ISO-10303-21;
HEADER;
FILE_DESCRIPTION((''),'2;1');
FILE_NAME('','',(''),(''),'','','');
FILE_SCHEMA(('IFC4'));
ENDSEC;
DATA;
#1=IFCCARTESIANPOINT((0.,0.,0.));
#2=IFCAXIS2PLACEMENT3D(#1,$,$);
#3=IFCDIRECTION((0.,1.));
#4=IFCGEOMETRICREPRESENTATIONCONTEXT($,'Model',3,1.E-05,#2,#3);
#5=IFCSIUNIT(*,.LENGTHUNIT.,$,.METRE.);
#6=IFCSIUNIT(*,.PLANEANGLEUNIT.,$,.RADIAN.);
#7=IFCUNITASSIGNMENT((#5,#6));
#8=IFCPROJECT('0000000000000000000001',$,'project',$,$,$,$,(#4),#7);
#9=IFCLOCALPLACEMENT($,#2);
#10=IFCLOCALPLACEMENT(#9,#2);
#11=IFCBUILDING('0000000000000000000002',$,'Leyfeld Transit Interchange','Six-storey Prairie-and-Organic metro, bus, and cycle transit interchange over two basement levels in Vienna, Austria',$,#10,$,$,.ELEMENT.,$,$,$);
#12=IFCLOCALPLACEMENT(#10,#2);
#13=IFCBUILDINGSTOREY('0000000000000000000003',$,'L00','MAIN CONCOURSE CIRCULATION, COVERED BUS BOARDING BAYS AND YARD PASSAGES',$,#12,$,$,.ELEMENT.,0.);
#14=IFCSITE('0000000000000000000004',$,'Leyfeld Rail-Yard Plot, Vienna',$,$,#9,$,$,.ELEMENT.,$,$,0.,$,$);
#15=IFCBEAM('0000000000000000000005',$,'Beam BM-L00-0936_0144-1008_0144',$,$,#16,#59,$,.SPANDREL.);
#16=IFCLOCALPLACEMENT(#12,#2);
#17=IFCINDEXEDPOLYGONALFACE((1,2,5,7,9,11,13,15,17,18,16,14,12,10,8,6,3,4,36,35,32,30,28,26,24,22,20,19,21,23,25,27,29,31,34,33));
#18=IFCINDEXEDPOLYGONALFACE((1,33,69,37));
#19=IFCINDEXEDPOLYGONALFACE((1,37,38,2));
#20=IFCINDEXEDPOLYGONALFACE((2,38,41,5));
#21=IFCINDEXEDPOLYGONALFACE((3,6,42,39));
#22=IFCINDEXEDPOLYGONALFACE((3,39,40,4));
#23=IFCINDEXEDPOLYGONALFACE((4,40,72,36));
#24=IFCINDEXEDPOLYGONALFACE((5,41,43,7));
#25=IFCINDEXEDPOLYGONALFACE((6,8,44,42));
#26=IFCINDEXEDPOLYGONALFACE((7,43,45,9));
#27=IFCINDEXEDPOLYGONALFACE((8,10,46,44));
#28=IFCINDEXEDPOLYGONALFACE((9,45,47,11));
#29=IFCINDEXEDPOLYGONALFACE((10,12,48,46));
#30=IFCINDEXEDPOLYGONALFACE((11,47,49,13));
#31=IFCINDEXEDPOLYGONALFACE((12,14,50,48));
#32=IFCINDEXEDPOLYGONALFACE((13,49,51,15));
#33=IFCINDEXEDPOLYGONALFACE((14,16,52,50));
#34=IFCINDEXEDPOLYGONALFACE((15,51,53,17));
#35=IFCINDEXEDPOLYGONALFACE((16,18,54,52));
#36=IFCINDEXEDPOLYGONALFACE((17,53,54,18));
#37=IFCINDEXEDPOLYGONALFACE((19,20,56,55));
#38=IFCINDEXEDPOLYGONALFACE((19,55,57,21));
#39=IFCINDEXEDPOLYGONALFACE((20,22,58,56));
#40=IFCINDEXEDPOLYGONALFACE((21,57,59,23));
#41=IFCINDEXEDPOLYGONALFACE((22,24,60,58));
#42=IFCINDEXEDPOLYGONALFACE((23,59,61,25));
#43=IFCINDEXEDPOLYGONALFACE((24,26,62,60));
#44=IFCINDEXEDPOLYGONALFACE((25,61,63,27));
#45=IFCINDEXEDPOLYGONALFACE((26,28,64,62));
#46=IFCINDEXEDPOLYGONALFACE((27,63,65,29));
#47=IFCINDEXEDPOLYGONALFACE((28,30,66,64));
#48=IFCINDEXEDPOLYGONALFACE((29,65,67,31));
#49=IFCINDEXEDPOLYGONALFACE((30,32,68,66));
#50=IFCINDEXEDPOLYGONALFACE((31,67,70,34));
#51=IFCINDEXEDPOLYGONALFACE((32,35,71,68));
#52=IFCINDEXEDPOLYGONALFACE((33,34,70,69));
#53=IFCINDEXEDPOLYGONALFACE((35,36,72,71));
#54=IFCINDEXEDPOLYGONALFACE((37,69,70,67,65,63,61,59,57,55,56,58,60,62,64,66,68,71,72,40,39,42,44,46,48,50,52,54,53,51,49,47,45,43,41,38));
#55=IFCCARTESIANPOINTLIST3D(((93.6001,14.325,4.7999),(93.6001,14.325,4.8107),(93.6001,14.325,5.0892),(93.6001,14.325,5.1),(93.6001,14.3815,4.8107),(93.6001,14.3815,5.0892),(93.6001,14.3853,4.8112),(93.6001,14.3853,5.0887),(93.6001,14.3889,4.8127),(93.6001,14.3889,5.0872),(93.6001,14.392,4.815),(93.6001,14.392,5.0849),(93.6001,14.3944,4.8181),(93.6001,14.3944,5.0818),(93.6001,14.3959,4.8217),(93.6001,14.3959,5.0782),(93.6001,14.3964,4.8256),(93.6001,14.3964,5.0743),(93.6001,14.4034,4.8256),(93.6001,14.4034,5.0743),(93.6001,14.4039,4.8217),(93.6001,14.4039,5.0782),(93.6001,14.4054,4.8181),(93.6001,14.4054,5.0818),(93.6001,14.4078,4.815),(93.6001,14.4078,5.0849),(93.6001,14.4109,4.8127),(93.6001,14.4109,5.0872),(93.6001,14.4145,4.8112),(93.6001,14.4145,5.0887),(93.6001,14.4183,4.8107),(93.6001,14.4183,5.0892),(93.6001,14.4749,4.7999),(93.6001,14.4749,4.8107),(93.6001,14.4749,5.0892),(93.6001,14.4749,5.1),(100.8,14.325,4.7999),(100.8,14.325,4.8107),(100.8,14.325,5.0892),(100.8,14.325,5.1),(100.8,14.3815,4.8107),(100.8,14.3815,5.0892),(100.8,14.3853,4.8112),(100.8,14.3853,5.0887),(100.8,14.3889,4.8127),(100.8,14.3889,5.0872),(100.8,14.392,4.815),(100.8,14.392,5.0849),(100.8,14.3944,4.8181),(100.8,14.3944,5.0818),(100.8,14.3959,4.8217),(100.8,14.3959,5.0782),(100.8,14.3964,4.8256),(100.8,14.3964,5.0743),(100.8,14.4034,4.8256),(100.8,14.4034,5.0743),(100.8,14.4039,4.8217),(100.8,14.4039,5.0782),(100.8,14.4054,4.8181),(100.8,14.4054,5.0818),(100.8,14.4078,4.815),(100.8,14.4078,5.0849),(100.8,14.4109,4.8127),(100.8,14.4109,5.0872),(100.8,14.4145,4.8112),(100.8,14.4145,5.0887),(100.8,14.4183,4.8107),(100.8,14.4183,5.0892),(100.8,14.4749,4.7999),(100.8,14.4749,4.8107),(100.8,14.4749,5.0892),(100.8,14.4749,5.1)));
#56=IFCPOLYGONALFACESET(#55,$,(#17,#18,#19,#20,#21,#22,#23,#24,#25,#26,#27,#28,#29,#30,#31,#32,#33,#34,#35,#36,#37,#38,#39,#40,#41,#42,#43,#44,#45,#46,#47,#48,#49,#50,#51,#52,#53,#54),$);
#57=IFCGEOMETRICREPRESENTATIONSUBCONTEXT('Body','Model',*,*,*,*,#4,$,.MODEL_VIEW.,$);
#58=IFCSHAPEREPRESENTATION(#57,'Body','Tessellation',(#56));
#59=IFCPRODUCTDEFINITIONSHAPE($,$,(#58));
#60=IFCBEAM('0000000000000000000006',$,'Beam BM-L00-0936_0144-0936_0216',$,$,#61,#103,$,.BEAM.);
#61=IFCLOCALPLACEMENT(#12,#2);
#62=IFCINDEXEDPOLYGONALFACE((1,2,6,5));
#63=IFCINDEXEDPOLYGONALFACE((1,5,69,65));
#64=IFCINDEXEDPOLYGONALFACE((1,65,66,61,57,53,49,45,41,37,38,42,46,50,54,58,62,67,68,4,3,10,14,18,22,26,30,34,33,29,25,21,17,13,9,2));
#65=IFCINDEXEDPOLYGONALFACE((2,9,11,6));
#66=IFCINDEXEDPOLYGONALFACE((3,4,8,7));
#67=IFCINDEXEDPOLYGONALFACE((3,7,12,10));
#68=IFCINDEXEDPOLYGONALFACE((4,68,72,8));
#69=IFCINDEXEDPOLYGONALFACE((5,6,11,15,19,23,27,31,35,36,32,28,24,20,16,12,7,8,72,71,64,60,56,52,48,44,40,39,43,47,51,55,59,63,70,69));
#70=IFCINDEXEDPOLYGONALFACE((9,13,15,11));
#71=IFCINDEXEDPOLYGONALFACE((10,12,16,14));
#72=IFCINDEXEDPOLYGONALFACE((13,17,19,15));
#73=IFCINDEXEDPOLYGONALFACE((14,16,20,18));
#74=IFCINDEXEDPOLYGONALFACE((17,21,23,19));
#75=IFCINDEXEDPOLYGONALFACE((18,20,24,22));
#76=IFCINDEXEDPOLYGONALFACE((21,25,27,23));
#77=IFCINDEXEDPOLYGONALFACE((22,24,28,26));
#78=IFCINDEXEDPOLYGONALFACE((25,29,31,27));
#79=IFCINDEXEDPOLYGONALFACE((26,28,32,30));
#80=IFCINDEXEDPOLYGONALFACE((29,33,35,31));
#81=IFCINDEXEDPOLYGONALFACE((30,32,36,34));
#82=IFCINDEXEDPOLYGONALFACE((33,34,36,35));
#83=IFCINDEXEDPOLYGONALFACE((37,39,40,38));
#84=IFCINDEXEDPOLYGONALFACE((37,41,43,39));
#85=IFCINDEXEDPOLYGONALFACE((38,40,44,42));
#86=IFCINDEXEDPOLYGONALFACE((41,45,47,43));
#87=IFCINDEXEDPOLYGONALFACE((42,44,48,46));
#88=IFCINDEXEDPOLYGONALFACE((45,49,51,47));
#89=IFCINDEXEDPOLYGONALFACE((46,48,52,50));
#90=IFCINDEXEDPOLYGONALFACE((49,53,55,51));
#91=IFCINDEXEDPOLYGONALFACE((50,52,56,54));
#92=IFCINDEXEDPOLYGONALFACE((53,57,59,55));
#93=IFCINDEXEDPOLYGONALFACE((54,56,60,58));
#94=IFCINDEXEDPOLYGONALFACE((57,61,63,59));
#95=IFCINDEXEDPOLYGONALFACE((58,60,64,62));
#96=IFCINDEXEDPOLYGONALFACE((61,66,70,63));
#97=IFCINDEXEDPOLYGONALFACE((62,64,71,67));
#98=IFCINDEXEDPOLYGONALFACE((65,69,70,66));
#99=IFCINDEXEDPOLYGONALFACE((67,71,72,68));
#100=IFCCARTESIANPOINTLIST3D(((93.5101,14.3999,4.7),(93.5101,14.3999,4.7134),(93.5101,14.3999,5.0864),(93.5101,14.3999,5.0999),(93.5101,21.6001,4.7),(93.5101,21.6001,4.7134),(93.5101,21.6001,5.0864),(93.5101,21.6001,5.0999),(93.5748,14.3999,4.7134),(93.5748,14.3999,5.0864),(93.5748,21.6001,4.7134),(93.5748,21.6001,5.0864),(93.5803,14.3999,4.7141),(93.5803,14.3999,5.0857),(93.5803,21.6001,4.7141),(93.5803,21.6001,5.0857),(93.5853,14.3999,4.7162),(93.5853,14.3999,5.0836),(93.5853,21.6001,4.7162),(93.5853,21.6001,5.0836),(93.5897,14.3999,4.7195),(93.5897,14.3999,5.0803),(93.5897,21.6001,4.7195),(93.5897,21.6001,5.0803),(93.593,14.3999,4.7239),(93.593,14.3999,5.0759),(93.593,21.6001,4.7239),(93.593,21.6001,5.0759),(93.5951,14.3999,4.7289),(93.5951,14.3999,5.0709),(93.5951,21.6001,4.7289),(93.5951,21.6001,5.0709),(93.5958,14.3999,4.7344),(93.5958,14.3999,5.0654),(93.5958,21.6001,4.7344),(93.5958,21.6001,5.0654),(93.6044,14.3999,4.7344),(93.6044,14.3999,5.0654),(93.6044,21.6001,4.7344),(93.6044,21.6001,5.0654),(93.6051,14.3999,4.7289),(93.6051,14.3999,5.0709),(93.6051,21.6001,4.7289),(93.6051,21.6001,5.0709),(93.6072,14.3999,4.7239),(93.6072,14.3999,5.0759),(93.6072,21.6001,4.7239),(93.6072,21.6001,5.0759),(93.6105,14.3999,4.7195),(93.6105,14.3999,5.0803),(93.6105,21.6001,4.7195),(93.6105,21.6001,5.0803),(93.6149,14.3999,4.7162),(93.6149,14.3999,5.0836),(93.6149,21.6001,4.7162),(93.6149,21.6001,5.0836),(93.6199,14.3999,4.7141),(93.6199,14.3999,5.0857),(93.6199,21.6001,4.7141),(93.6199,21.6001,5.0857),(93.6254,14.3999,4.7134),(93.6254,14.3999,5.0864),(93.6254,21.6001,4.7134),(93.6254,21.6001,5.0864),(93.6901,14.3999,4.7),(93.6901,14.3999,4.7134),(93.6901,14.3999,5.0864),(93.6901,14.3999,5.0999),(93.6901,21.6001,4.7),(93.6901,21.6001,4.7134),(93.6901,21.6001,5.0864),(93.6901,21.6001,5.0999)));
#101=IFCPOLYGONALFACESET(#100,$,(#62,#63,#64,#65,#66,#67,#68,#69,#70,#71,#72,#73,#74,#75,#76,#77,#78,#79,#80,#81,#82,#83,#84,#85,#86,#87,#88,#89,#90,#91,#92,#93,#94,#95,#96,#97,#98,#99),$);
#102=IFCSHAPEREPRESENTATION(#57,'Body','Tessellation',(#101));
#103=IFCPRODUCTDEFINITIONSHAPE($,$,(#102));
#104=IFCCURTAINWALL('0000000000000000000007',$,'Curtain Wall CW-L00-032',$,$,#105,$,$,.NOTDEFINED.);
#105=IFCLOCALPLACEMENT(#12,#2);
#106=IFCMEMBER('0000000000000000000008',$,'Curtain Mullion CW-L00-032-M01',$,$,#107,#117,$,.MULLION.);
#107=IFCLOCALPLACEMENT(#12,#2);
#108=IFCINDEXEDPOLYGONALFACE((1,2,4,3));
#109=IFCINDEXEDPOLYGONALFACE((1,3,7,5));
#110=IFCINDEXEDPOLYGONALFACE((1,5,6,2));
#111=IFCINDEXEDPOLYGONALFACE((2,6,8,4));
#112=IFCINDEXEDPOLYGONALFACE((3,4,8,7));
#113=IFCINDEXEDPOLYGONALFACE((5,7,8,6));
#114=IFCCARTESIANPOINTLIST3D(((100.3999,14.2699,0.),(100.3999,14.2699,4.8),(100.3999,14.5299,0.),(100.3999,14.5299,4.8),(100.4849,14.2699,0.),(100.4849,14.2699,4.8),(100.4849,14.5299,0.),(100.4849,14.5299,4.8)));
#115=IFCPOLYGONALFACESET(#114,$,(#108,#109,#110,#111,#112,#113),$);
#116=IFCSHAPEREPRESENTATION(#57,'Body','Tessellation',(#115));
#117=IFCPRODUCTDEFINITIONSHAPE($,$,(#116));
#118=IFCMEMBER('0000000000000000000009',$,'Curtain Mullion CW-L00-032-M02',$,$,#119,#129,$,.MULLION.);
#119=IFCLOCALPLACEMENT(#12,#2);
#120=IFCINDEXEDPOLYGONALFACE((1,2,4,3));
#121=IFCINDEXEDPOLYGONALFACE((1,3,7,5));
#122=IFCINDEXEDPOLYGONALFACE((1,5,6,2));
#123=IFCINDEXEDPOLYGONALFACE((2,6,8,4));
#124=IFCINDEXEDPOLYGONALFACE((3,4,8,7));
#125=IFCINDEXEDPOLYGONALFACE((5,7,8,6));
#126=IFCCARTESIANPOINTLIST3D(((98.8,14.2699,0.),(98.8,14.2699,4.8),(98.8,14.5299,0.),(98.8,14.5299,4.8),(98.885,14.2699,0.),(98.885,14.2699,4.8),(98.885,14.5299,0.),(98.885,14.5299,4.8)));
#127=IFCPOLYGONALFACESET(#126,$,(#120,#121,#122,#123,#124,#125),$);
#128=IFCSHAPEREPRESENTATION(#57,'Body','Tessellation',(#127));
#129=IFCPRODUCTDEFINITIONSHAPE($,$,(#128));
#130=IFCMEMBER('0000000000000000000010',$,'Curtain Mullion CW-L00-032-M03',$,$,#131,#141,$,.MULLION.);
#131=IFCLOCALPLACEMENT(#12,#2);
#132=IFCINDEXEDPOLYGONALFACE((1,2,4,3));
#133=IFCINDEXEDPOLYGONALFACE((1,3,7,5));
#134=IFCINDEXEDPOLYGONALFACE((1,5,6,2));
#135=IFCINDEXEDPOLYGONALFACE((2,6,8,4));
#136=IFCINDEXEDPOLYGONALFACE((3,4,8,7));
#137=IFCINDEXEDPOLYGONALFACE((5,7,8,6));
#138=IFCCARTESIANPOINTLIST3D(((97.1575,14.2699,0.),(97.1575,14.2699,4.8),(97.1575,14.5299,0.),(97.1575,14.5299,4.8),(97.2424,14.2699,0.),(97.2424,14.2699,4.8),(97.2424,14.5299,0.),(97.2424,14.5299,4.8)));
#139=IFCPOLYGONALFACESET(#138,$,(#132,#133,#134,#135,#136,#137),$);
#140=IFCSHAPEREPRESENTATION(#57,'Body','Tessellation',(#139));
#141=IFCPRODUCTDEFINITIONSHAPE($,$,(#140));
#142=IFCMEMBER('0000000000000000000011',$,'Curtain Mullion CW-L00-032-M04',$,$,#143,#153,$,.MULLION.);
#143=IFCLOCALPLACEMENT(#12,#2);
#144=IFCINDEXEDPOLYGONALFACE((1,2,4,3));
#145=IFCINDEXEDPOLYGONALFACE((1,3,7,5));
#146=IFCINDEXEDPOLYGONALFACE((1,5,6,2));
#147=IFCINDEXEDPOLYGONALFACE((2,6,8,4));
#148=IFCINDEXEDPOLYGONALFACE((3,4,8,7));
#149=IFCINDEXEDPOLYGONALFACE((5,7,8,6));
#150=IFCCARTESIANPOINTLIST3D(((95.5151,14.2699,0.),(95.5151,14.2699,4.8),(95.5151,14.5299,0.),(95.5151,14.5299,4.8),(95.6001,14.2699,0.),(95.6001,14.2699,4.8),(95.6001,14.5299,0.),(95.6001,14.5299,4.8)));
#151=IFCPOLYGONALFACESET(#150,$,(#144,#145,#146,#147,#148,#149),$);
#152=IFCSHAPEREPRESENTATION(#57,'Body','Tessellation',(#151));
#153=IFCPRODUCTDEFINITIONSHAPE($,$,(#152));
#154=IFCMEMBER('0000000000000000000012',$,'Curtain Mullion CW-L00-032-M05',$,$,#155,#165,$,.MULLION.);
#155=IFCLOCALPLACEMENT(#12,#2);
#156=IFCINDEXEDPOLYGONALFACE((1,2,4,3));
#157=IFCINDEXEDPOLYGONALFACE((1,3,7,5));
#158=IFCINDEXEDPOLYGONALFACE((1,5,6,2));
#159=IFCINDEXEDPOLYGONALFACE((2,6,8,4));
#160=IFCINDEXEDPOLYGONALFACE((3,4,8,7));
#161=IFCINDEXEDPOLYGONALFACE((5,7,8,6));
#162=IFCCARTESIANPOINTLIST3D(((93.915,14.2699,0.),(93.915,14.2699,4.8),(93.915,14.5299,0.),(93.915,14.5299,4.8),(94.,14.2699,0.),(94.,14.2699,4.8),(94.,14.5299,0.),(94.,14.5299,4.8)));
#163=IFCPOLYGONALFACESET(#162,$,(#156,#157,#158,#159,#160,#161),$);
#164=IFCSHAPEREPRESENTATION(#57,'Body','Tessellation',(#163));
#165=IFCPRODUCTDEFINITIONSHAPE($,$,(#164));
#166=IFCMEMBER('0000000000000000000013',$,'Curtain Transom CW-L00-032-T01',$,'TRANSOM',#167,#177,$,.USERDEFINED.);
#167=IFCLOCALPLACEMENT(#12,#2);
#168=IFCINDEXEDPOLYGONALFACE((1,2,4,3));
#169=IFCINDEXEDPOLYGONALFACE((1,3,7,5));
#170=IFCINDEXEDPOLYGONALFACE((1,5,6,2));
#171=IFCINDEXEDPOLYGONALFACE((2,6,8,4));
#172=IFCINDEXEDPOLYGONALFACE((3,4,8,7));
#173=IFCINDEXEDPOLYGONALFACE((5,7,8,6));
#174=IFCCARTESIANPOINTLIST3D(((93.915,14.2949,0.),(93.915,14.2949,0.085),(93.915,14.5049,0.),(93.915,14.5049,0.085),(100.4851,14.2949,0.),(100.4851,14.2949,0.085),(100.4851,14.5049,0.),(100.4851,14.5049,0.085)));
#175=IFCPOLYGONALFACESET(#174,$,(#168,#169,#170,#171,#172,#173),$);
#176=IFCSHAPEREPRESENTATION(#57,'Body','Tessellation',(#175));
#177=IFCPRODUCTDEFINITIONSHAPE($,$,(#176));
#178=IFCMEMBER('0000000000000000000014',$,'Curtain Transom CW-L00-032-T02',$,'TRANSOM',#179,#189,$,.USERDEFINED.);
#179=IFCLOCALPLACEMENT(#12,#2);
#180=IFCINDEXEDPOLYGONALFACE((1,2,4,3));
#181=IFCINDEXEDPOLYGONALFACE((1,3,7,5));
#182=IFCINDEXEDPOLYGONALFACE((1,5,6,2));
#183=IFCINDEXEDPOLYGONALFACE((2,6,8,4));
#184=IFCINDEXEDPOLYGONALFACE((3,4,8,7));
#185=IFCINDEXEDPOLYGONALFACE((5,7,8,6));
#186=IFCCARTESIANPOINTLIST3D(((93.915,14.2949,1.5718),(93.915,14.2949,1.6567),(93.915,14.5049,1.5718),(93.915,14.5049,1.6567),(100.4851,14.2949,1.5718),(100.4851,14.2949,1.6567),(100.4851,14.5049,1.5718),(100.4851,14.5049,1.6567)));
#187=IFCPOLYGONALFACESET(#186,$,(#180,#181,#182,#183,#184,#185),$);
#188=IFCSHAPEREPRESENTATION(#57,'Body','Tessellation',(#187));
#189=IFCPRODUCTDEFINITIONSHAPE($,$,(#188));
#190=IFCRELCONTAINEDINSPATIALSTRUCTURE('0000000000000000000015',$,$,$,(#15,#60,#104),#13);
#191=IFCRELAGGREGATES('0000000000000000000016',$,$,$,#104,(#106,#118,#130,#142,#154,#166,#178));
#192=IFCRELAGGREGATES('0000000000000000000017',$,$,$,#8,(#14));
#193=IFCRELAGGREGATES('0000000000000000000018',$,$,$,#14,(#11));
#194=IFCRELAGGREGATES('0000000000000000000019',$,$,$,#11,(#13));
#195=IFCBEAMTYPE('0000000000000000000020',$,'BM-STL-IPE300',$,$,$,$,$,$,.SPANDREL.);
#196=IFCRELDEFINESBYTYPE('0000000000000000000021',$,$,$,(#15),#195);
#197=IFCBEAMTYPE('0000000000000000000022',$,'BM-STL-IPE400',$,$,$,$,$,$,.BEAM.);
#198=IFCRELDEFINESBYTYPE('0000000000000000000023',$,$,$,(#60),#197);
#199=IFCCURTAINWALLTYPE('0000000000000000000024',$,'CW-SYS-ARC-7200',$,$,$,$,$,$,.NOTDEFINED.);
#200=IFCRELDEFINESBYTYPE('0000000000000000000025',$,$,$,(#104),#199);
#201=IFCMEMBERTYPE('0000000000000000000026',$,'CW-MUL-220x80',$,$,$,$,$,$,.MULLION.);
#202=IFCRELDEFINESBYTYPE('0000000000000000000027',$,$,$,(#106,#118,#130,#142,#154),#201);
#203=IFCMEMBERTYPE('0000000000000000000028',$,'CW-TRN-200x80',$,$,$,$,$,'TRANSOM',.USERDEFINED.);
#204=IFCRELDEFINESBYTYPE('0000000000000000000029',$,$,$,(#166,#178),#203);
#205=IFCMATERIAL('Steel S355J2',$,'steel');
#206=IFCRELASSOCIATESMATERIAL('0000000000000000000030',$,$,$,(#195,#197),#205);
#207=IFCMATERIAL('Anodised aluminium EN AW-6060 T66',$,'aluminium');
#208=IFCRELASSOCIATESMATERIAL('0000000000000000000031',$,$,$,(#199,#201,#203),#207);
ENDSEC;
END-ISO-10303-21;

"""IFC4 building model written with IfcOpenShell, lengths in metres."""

from ifc_helpers import new_model, si_unit, direction, frame, origin, origin_2d, place, context, subcontext, project, spatial, rectangle, i_section, extrude, material, material_profile, profile_set, type_object, element, aggregate, save


model = new_model("IFC4")

# Units and contexts
model_context = context("Model", 3, precision=1e-05, world=origin(), true_north=direction((0.0, 1.0)))
body_context = subcontext(model_context, "Body", "Model", "MODEL_VIEW")
ifc_project = project(units=[si_unit("LENGTHUNIT", "METRE"), si_unit("PLANEANGLEUNIT", "RADIAN")], contexts=[model_context])

# Site, building, storey
site_placement = place(None, origin())
site = spatial("IfcSite", under=ifc_project, at=site_placement, Name="Leyfeld Rail-Yard Plot, Vienna", CompositionType="ELEMENT", RefElevation=0.0)
building_placement = place(site_placement, origin())
building = spatial("IfcBuilding", under=site, at=building_placement, Name="Leyfeld Transit Interchange", Description="Six-storey Prairie-and-Organic metro, bus, and cycle transit interchange over two basement levels in Vienna, Austria", CompositionType="ELEMENT")
storey_placement = place(building_placement, origin())
storey = spatial("IfcBuildingStorey", under=building, at=storey_placement, Name="L00", Description="MAIN CONCOURSE CIRCULATION, COVERED BUS BOARDING BAYS AND YARD PASSAGES", CompositionType="ELEMENT", Elevation=0.0)

# Beams
ifc_material_1 = material(Name="Steel S355J2", Category="steel")
ifc_material_profile_1 = material_profile(ifc_material_1, i_section(OverallWidth=0.1499, OverallDepth=0.3, WebThickness=0.0071, FlangeThickness=0.0107, FilletRadius=0.0149, at=origin_2d()), Name="IPE 300")
ifc_profile_set_1 = profile_set([ifc_material_profile_1], Name="Steel S355J2")
beam_type_1 = type_object("IfcBeamType", Name="BM-STL-IPE300", PredefinedType="SPANDREL", material=ifc_profile_set_1)
beam_1_placement = place(storey_placement, frame((93.6001, 14.3999, 4.95), z_axis=(1.0, 0.0, 0.0), x_axis=(0.0, 1.0, 0.0)))
element("IfcBeam", 1, at=beam_1_placement, inside=storey, type_object=beam_type_1, Name="Beam BM-L00-0936_0144-1008_0144", PredefinedType="SPANDREL", context=body_context, shape_type="SweptSolid", body=[
    extrude(i_section(OverallWidth=0.1499, OverallDepth=0.3, WebThickness=0.0071, FlangeThickness=0.0107, FilletRadius=0.0149, at=origin_2d()), origin(), (0.0, 0.0, 1.0), 7.2),
])
ifc_material_profile_2 = material_profile(ifc_material_1, i_section(OverallWidth=0.1799, OverallDepth=0.3999, WebThickness=0.0085, FlangeThickness=0.0134, FilletRadius=0.021, at=origin_2d()), Name="IPE 400")
ifc_profile_set_2 = profile_set([ifc_material_profile_2], Name="Steel S355J2")
beam_type_2 = type_object("IfcBeamType", Name="BM-STL-IPE400", PredefinedType="BEAM", material=ifc_profile_set_2)
beam_2_placement = place(storey_placement, frame((93.6001, 14.3999, 4.8999), z_axis=(0.0, 1.0, 0.0), x_axis=(-1.0, 0.0, 0.0)))
element("IfcBeam", 2, at=beam_2_placement, inside=storey, type_object=beam_type_2, Name="Beam BM-L00-0936_0144-0936_0216", PredefinedType="BEAM", context=body_context, shape_type="SweptSolid", body=[
    extrude(i_section(OverallWidth=0.1799, OverallDepth=0.3999, WebThickness=0.0085, FlangeThickness=0.0134, FilletRadius=0.021, at=origin_2d()), origin(), (0.0, 0.0, 1.0), 7.2002),
])

# Curtain wall, members
ifc_material_2 = material(Name="Anodised aluminium EN AW-6060 T66", Category="aluminium")
curtain_wall_type = type_object("IfcCurtainWallType", Name="CW-SYS-ARC-7200", PredefinedType="NOTDEFINED", material=ifc_material_2)
curtain_wall_placement = place(storey_placement, origin())
curtain_wall = element("IfcCurtainWall", 3, at=curtain_wall_placement, inside=storey, type_object=curtain_wall_type, Name="Curtain Wall CW-L00-032", PredefinedType="NOTDEFINED")
ifc_material_profile_3 = material_profile(ifc_material_2, rectangle(XDim=0.085, YDim=0.26, at=origin_2d()), Name="CW-M 85x260")
ifc_profile_set_3 = profile_set([ifc_material_profile_3], Name="Anodised aluminium EN AW-6060 T66")
member_type_1 = type_object("IfcMemberType", Name="CW-MUL-220x80", PredefinedType="MULLION", material=ifc_profile_set_3)
member_1_placement = place(storey_placement, frame((100.4424, 14.3999, 0.0), z_axis=(0.0, 0.0, 1.0), x_axis=(-1.0, 0.0, 0.0)))
member_1 = element("IfcMember", 4, at=member_1_placement, type_object=member_type_1, Name="Curtain Mullion CW-L00-032-M01", PredefinedType="MULLION", context=body_context, shape_type="SweptSolid", body=[
    extrude(rectangle(XDim=0.085, YDim=0.26, at=origin_2d()), origin(), (0.0, 0.0, 1.0), 4.8),
])
member_2_placement = place(storey_placement, frame((98.8425, 14.3999, 0.0), z_axis=(0.0, 0.0, 1.0), x_axis=(-1.0, 0.0, 0.0)))
member_2 = element("IfcMember", 5, at=member_2_placement, type_object=member_type_1, Name="Curtain Mullion CW-L00-032-M02", PredefinedType="MULLION", context=body_context, shape_type="SweptSolid", body=[
    extrude(rectangle(XDim=0.085, YDim=0.26, at=origin_2d()), origin(), (0.0, 0.0, 1.0), 4.8),
])
member_3_placement = place(storey_placement, frame((97.2, 14.3999, 0.0), z_axis=(0.0, 0.0, 1.0), x_axis=(-1.0, 0.0, 0.0)))
member_3 = element("IfcMember", 6, at=member_3_placement, type_object=member_type_1, Name="Curtain Mullion CW-L00-032-M03", PredefinedType="MULLION", context=body_context, shape_type="SweptSolid", body=[
    extrude(rectangle(XDim=0.085, YDim=0.26, at=origin_2d()), origin(), (0.0, 0.0, 1.0), 4.8),
])
member_4_placement = place(storey_placement, frame((95.5576, 14.3999, 0.0), z_axis=(0.0, 0.0, 1.0), x_axis=(-1.0, 0.0, 0.0)))
member_4 = element("IfcMember", 7, at=member_4_placement, type_object=member_type_1, Name="Curtain Mullion CW-L00-032-M04", PredefinedType="MULLION", context=body_context, shape_type="SweptSolid", body=[
    extrude(rectangle(XDim=0.085, YDim=0.26, at=origin_2d()), origin(), (0.0, 0.0, 1.0), 4.8),
])
member_5_placement = place(storey_placement, frame((93.9575, 14.3999, 0.0), z_axis=(0.0, 0.0, 1.0), x_axis=(-1.0, 0.0, 0.0)))
member_5 = element("IfcMember", 8, at=member_5_placement, type_object=member_type_1, Name="Curtain Mullion CW-L00-032-M05", PredefinedType="MULLION", context=body_context, shape_type="SweptSolid", body=[
    extrude(rectangle(XDim=0.085, YDim=0.26, at=origin_2d()), origin(), (0.0, 0.0, 1.0), 4.8),
])
ifc_material_profile_4 = material_profile(ifc_material_2, rectangle(XDim=0.21, YDim=0.085, at=origin_2d()), Name="CW-TRN-200x80")
ifc_profile_set_4 = profile_set([ifc_material_profile_4], Name="Anodised aluminium EN AW-6060 T66")
member_type_2 = type_object("IfcMemberType", Name="CW-TRN-200x80", ElementType="TRANSOM", PredefinedType="USERDEFINED", material=ifc_profile_set_4)
member_6_placement = place(storey_placement, frame((100.4851, 14.3999, 0.0425), z_axis=(-1.0, 0.0, 0.0), x_axis=(0.0, -1.0, 0.0)))
member_6 = element("IfcMember", 9, at=member_6_placement, type_object=member_type_2, Name="Curtain Transom CW-L00-032-T01", ObjectType="TRANSOM", PredefinedType="USERDEFINED", context=body_context, shape_type="SweptSolid", body=[
    extrude(rectangle(XDim=0.21, YDim=0.085, at=origin_2d()), origin(), (0.0, 0.0, 1.0), 6.5701),
])
member_7_placement = place(storey_placement, frame((100.4851, 14.3999, 1.6143), z_axis=(-1.0, 0.0, 0.0), x_axis=(0.0, -1.0, 0.0)))
member_7 = element("IfcMember", 10, at=member_7_placement, type_object=member_type_2, Name="Curtain Transom CW-L00-032-T02", ObjectType="TRANSOM", PredefinedType="USERDEFINED", context=body_context, shape_type="SweptSolid", body=[
    extrude(rectangle(XDim=0.21, YDim=0.085, at=origin_2d()), origin(), (0.0, 0.0, 1.0), 6.5701),
])
aggregate(curtain_wall, [member_1, member_2, member_3, member_4, member_5, member_6, member_7])

save(model, "model.ifc")
